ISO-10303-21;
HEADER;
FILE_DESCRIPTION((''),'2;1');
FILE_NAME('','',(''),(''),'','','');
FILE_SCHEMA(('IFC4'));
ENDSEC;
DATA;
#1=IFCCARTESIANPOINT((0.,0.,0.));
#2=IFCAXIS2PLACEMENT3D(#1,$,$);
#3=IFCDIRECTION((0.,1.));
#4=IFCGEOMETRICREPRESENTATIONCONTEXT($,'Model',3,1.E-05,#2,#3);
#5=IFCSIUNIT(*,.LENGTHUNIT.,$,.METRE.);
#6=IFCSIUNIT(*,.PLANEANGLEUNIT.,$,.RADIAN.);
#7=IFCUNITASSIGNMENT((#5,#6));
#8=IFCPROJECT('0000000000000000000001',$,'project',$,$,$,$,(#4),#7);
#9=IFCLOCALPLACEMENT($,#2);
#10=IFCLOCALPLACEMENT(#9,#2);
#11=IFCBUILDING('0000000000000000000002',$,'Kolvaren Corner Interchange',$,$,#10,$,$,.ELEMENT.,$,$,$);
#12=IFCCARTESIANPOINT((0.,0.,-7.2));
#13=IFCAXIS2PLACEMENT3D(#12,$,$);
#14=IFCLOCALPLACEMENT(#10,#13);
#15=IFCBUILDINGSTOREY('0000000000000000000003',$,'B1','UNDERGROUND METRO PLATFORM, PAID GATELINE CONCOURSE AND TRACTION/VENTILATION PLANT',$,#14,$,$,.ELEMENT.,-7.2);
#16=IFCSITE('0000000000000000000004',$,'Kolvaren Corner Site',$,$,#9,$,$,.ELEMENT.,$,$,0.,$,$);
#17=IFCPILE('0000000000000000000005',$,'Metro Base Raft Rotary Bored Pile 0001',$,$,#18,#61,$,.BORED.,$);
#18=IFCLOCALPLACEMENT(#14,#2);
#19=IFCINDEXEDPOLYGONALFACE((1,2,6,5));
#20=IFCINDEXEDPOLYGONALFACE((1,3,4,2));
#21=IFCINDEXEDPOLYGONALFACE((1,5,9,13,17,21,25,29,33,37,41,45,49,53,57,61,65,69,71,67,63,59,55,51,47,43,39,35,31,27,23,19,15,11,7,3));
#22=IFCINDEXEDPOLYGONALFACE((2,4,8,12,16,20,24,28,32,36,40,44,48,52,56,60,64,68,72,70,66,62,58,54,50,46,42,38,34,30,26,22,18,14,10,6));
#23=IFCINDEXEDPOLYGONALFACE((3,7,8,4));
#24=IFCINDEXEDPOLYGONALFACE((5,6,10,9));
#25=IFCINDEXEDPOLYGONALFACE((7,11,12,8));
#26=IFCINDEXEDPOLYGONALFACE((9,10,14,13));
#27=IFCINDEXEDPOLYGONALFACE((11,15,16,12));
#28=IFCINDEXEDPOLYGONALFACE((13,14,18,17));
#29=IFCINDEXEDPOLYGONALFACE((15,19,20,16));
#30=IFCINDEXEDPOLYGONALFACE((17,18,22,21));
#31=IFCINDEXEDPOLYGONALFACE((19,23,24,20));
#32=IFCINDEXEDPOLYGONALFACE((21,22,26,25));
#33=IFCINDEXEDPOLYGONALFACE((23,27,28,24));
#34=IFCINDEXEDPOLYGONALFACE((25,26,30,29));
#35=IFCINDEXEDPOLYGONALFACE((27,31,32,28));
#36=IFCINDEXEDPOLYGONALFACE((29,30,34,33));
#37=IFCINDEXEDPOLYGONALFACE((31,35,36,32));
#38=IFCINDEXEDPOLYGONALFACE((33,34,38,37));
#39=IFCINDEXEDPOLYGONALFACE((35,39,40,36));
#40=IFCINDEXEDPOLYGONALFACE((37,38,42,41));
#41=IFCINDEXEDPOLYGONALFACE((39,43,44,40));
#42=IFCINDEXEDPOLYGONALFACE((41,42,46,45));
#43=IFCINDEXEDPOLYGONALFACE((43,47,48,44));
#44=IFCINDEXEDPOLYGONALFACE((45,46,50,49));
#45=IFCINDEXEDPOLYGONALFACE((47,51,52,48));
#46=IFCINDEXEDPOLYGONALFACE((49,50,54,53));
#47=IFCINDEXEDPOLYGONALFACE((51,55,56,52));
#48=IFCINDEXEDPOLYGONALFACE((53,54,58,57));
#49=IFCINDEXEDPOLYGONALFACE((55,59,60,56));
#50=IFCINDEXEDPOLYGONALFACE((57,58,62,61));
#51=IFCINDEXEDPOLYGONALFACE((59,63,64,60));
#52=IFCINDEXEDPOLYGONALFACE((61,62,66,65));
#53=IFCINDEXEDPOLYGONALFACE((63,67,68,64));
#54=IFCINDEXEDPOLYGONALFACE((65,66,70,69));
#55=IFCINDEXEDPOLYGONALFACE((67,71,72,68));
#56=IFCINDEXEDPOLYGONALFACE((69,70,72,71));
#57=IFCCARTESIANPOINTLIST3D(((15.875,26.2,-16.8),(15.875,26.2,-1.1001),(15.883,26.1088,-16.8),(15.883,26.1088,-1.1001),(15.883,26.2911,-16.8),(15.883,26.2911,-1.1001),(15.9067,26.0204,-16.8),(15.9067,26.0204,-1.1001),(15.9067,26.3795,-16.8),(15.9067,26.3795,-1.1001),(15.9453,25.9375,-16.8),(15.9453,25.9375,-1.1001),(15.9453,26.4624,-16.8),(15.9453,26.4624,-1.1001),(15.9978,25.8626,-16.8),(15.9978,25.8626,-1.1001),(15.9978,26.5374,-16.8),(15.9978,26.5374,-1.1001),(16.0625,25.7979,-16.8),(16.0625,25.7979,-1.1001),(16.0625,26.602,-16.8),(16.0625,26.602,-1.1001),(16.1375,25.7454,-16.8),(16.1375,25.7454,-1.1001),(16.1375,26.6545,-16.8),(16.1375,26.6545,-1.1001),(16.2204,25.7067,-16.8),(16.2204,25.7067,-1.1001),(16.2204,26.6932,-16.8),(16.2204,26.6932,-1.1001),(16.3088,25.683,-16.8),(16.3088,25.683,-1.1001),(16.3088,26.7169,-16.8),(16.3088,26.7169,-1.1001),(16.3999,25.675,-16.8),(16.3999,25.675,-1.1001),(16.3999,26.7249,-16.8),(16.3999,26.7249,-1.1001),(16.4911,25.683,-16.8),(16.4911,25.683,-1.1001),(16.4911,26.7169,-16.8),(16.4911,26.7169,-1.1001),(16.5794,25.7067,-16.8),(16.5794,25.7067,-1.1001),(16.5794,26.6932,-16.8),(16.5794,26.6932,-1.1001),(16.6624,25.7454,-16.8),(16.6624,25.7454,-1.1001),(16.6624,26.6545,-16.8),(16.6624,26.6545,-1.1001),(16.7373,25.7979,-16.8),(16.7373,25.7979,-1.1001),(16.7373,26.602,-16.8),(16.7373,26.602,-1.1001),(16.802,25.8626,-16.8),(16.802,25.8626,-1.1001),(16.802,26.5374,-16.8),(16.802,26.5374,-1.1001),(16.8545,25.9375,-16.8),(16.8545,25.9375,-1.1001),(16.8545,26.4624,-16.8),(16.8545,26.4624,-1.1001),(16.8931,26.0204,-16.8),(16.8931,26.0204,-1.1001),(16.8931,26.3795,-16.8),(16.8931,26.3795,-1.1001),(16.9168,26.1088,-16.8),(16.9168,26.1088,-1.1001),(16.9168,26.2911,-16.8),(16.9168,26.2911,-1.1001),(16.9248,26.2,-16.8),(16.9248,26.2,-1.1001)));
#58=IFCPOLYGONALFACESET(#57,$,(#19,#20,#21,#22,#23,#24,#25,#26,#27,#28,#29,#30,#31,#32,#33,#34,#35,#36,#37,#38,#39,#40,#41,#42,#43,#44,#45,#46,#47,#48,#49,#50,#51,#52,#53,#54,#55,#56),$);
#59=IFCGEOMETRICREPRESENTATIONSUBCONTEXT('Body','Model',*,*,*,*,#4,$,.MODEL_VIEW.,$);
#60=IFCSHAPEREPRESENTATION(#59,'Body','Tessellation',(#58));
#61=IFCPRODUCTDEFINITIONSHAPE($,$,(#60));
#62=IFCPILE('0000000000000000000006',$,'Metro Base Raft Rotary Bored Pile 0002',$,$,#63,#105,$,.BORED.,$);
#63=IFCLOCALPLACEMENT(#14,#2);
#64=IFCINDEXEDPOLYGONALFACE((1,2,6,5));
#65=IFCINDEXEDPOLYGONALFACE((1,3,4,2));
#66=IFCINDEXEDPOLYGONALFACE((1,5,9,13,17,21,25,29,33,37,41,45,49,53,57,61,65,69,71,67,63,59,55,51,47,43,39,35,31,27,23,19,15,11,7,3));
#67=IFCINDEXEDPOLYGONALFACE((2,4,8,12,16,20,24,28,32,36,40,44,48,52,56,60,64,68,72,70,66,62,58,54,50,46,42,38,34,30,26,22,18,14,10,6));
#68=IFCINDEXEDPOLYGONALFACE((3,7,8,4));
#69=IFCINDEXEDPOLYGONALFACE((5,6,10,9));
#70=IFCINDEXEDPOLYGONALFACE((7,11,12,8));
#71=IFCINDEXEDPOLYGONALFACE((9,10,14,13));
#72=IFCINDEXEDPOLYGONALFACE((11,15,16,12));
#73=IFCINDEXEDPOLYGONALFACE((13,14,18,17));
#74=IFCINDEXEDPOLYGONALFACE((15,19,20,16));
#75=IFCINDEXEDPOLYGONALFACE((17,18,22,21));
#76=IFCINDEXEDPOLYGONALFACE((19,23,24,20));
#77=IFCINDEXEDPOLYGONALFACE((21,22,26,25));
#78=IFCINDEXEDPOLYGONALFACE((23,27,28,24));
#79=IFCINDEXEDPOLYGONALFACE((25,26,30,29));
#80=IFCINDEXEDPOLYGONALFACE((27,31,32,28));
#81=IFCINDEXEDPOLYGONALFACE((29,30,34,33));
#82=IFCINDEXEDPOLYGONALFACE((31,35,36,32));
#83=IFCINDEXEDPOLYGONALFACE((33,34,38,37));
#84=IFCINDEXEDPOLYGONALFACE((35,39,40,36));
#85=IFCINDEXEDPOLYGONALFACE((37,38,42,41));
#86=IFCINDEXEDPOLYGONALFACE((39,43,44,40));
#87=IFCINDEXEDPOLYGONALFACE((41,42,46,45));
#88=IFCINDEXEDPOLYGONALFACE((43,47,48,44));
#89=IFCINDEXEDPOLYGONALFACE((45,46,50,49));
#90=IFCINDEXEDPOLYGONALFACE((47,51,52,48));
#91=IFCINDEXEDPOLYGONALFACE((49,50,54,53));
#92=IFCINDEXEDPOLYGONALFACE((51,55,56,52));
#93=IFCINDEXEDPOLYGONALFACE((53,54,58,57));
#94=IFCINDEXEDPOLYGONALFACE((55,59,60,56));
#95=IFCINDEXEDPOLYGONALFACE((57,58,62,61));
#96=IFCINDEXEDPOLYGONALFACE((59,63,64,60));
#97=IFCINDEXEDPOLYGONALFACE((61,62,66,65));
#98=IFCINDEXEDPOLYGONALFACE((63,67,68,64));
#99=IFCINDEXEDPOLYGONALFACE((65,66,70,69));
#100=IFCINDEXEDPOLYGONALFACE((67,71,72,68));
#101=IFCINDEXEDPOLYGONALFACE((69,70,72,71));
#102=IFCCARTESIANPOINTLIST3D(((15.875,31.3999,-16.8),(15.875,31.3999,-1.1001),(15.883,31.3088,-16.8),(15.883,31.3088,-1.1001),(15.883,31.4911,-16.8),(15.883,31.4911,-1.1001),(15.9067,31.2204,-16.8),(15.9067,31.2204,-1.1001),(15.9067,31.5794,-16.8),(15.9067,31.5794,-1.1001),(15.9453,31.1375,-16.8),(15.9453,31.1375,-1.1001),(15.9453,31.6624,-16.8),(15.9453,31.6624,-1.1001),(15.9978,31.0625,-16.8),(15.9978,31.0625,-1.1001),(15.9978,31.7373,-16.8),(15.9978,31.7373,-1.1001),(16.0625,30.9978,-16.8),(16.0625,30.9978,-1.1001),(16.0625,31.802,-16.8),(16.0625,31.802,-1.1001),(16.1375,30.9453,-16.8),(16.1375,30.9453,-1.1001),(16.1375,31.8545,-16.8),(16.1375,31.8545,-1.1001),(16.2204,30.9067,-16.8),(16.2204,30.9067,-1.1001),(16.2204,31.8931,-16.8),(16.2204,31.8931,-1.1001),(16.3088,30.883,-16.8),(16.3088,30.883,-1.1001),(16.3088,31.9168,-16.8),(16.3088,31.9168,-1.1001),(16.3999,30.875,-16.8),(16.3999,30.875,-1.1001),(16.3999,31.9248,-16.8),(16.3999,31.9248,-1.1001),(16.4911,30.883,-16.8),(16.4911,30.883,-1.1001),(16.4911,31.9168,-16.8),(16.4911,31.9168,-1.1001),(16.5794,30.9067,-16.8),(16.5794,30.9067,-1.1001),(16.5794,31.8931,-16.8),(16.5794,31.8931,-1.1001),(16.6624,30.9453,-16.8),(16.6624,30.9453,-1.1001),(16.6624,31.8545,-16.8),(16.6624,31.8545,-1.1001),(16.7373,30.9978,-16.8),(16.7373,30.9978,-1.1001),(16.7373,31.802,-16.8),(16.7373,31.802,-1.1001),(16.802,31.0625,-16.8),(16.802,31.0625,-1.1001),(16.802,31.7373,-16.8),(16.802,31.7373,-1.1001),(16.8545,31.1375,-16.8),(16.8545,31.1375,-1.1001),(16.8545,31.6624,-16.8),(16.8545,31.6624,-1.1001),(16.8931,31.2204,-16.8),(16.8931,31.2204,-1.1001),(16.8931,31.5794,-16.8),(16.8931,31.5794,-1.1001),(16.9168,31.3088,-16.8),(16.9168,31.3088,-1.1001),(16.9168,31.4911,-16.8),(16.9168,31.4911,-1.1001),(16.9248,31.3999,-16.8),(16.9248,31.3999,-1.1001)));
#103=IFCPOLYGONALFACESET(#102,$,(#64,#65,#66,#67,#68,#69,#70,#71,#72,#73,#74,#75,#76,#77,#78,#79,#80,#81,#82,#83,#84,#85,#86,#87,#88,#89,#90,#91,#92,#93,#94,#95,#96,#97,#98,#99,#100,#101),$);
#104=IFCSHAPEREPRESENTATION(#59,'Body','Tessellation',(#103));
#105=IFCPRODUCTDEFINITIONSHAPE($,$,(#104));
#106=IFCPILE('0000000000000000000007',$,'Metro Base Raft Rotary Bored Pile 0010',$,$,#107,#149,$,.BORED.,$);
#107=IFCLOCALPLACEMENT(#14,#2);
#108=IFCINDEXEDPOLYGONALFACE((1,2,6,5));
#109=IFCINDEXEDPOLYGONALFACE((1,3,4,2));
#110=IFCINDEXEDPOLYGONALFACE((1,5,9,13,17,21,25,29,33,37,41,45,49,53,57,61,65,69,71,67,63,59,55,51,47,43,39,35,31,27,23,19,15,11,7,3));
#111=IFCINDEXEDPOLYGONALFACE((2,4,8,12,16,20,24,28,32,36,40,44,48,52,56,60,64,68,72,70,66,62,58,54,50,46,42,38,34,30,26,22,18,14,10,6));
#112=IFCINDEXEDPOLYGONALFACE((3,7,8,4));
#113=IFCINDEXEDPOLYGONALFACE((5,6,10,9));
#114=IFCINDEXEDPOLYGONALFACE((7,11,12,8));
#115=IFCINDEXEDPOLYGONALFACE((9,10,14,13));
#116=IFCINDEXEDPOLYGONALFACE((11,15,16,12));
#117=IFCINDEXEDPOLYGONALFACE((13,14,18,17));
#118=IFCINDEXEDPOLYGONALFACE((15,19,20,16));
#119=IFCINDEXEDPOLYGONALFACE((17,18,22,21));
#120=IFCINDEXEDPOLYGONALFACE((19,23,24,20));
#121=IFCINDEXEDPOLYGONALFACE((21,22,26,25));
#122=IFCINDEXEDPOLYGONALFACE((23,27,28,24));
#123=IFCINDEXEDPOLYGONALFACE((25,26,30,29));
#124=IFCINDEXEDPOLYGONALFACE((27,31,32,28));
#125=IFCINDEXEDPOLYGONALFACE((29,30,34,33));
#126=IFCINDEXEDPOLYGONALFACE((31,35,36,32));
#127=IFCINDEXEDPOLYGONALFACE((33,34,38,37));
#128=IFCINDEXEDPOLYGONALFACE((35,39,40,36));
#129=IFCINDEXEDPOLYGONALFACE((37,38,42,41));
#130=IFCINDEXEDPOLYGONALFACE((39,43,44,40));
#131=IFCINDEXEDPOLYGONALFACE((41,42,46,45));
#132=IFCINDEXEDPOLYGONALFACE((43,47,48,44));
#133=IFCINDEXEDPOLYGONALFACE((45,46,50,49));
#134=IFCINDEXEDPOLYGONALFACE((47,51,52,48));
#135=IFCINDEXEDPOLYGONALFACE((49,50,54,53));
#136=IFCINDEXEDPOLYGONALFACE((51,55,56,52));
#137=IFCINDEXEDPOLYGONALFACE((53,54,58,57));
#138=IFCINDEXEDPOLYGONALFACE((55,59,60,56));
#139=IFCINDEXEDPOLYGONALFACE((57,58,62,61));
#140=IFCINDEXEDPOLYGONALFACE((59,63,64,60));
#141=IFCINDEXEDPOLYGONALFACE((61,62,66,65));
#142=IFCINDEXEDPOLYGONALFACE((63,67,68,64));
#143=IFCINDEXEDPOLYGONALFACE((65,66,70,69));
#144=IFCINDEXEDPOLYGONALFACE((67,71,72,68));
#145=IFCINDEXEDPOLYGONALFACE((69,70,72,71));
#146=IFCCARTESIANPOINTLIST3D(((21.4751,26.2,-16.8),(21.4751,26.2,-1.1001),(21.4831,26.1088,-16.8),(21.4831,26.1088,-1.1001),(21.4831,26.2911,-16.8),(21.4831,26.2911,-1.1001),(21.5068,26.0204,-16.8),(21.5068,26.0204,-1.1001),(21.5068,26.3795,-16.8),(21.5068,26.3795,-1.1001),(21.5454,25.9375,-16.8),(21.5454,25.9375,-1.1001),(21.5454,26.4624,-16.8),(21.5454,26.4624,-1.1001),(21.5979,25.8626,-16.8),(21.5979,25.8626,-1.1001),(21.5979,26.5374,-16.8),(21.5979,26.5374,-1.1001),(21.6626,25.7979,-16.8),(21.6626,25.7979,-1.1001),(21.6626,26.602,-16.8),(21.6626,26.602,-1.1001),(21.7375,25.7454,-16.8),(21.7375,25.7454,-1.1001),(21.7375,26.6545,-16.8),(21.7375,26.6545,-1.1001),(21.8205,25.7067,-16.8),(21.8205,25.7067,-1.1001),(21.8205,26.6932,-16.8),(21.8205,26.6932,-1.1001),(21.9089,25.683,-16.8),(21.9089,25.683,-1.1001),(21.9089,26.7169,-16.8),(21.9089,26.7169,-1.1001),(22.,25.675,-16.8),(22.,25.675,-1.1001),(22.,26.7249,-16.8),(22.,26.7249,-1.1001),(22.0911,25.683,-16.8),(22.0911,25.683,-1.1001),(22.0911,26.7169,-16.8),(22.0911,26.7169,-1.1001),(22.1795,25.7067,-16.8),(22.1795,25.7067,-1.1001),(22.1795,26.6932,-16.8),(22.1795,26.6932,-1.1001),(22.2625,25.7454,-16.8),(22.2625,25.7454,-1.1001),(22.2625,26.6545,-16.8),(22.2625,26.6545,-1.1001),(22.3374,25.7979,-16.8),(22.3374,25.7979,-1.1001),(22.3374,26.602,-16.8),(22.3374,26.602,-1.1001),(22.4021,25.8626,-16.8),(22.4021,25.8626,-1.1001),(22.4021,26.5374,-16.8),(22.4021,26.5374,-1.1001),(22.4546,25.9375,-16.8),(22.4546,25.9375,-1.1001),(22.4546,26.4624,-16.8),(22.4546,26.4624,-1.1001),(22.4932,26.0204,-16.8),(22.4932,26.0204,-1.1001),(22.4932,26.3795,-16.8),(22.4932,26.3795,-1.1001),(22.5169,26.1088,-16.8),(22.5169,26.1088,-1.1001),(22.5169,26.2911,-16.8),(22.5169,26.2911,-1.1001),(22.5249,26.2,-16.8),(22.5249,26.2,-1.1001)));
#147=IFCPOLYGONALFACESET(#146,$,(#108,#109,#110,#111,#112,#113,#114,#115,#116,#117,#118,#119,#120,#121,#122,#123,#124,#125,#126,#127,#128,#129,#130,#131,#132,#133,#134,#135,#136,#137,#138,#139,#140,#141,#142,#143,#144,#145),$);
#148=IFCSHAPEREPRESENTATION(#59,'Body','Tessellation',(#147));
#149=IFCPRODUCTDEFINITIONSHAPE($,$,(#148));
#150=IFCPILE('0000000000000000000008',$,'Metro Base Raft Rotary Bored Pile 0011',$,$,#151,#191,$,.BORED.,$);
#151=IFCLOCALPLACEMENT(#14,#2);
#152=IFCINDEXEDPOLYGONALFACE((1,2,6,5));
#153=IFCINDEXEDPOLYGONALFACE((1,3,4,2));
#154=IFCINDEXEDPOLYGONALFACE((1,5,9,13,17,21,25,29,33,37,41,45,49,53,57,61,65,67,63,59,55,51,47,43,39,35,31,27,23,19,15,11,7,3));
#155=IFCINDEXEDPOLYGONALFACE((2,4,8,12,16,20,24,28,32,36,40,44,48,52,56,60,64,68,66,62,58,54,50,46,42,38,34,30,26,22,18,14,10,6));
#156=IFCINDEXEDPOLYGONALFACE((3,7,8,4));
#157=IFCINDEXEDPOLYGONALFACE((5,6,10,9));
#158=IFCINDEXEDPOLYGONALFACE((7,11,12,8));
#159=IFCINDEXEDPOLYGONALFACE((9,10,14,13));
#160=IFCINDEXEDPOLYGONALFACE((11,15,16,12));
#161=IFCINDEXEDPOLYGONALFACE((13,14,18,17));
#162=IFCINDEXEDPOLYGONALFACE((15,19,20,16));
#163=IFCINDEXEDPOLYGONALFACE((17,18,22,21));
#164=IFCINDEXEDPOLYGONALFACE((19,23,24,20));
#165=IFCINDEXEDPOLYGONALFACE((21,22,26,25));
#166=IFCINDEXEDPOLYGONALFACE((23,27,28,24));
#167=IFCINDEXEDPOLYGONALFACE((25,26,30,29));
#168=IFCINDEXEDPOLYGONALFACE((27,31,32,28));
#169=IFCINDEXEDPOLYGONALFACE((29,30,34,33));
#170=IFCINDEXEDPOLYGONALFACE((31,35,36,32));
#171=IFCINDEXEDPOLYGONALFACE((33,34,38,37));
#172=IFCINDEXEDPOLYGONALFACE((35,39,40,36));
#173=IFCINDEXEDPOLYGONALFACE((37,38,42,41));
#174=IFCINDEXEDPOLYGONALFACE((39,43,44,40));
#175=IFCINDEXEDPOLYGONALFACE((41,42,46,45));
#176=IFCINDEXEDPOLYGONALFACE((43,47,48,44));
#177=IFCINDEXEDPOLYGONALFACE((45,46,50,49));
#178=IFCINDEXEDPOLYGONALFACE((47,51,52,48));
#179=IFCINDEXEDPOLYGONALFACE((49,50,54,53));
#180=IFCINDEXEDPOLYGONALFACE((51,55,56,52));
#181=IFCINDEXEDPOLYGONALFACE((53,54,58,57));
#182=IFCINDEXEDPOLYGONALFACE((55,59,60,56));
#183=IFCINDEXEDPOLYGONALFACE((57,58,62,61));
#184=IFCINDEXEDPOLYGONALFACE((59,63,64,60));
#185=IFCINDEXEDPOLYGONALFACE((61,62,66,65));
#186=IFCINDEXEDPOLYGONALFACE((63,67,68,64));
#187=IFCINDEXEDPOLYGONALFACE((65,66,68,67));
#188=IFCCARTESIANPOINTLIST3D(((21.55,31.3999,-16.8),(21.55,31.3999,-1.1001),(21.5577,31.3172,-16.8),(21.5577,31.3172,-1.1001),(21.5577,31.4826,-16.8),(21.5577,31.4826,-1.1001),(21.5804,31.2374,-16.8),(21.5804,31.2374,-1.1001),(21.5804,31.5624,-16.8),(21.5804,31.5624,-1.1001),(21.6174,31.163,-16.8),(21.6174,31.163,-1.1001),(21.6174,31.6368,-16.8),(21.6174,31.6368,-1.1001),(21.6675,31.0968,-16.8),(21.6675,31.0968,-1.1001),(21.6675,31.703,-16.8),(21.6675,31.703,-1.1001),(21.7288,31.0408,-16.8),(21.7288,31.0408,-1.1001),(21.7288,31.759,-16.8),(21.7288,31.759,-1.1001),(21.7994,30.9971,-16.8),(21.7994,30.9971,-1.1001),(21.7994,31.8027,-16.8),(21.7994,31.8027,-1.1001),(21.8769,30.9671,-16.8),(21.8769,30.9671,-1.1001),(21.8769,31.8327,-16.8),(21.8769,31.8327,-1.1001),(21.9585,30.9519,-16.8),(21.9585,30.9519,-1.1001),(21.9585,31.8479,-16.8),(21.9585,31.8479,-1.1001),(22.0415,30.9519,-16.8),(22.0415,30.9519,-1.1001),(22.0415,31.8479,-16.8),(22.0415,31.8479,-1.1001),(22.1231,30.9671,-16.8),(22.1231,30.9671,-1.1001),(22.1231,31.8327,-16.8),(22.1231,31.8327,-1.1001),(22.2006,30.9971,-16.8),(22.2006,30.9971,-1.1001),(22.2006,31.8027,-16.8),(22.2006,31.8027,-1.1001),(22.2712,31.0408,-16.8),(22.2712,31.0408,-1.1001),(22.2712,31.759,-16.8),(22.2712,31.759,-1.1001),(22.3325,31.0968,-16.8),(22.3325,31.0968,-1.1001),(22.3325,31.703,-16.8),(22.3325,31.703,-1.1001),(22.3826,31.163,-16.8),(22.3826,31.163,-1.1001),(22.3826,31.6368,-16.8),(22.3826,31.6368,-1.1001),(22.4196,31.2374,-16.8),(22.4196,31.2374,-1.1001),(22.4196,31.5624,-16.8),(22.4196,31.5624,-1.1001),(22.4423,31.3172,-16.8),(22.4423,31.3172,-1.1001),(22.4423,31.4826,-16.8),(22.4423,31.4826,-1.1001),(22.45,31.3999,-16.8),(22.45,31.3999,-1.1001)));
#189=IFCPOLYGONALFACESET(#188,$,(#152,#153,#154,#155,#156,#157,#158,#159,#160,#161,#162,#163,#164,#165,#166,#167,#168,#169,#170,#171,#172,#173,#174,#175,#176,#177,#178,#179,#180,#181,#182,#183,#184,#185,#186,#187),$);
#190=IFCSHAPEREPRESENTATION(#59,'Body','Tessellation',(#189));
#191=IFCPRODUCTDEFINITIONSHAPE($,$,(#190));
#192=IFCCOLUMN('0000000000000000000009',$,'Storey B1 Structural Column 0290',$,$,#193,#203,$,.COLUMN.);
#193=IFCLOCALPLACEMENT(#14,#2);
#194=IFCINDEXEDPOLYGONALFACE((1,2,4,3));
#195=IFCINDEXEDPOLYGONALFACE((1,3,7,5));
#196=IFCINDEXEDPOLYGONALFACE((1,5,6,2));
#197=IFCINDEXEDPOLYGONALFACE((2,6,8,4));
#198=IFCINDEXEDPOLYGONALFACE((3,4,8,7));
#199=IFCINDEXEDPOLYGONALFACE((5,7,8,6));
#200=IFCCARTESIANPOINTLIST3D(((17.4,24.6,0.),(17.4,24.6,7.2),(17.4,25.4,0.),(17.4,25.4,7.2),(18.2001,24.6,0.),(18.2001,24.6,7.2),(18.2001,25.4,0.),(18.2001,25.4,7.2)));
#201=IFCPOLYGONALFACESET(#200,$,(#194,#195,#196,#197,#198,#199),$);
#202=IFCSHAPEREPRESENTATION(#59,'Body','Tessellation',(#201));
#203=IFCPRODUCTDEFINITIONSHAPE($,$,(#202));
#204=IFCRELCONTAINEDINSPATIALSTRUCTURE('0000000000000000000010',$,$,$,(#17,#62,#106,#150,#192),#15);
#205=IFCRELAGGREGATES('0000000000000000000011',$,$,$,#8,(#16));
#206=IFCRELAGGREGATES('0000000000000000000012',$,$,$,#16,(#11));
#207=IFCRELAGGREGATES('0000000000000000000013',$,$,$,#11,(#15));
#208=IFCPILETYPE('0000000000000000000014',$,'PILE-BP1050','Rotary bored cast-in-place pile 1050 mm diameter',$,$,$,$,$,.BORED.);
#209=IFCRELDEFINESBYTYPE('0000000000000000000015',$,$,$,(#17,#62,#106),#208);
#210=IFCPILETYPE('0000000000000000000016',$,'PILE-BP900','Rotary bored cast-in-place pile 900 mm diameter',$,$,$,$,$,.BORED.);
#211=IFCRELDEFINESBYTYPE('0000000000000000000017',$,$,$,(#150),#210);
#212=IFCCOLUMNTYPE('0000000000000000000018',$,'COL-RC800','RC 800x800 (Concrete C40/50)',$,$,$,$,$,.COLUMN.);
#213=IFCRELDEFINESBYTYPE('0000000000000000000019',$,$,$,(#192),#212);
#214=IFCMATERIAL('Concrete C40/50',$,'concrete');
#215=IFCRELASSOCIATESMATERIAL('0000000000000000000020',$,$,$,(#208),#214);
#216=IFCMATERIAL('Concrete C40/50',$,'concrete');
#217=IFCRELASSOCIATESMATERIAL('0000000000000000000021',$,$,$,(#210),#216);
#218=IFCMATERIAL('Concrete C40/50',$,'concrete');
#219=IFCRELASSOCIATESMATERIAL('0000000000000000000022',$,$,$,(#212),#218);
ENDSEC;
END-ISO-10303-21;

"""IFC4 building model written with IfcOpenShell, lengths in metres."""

from ifc_helpers import new_model, si_unit, direction, frame, origin, origin_2d, place, context, subcontext, project, spatial, rectangle, circle, extrude, material, material_profile, profile_set, type_object, element, save


model = new_model("IFC4")

# Units and contexts
model_context = context("Model", 3, precision=1e-05, world=origin(), true_north=direction((0.0, 1.0)))
body_context = subcontext(model_context, "Body", "Model", "MODEL_VIEW")
ifc_project = project(units=[si_unit("LENGTHUNIT", "METRE"), si_unit("PLANEANGLEUNIT", "RADIAN")], contexts=[model_context])

# Site, building, storey
site_placement = place(None, origin())
site = spatial("IfcSite", under=ifc_project, at=site_placement, Name="Kolvaren Corner Site", CompositionType="ELEMENT", RefElevation=0.0)
building_placement = place(site_placement, origin())
building = spatial("IfcBuilding", under=site, at=building_placement, Name="Kolvaren Corner Interchange", CompositionType="ELEMENT")
storey_placement = place(building_placement, frame((0.0, 0.0, -7.2)))
storey = spatial("IfcBuildingStorey", under=building, at=storey_placement, Name="B1", Description="UNDERGROUND METRO PLATFORM, PAID GATELINE CONCOURSE AND TRACTION/VENTILATION PLANT", CompositionType="ELEMENT", Elevation=-7.2)

# Piles
ifc_material_1 = material(Name="Concrete C40/50", Category="concrete")
ifc_material_profile_1 = material_profile(ifc_material_1, circle(Radius=0.5249, at=origin_2d()), Name="BORED PILE 1050")
ifc_profile_set_1 = profile_set([ifc_material_profile_1], Name="Concrete C40/50")
pile_type_1 = type_object("IfcPileType", Name="PILE-BP1050", Description="Rotary bored cast-in-place pile 1050 mm diameter", PredefinedType="BORED", material=ifc_profile_set_1)
for number, where, z_axis, x_axis, name in (
    (1, (16.3999, 26.2, -1.1001), (0.0, 0.0, -1.0), (1.0, 0.0, 0.0), "Metro Base Raft Rotary Bored Pile 0001"),
    (2, (16.3999, 31.3999, -1.1001), (0.0, 0.0, -1.0), (1.0, 0.0, 0.0), "Metro Base Raft Rotary Bored Pile 0002"),
    (3, (22.0, 26.2, -1.1001), (0.0, 0.0, -1.0), (1.0, 0.0, 0.0), "Metro Base Raft Rotary Bored Pile 0010"),
):
    element("IfcPile", number, at=place(storey_placement, frame(where, z_axis=z_axis, x_axis=x_axis)), inside=storey, type_object=pile_type_1, Name=name, PredefinedType="BORED", context=body_context, shape_type="SweptSolid", body=[
        extrude(circle(Radius=0.5249, at=origin_2d()), origin(), (0.0, 0.0, 1.0), 15.7),
    ])
ifc_material_2 = material(Name="Concrete C40/50", Category="concrete")
ifc_material_profile_2 = material_profile(ifc_material_2, circle(Radius=0.45, at=origin_2d()), Name="BORED PILE 900")
ifc_profile_set_2 = profile_set([ifc_material_profile_2], Name="Concrete C40/50")
pile_type_2 = type_object("IfcPileType", Name="PILE-BP900", Description="Rotary bored cast-in-place pile 900 mm diameter", PredefinedType="BORED", material=ifc_profile_set_2)
pile_placement = place(storey_placement, frame((22.0, 31.3999, -1.1001), z_axis=(0.0, 0.0, -1.0), x_axis=(1.0, 0.0, 0.0)))
element("IfcPile", 4, at=pile_placement, inside=storey, type_object=pile_type_2, Name="Metro Base Raft Rotary Bored Pile 0011", PredefinedType="BORED", context=body_context, shape_type="SweptSolid", body=[
    extrude(circle(Radius=0.45, at=origin_2d()), origin(), (0.0, 0.0, 1.0), 15.7),
])

# Column
ifc_material_3 = material(Name="Concrete C40/50", Category="concrete")
ifc_material_profile_3 = material_profile(ifc_material_3, rectangle(XDim=0.8, YDim=0.8, at=origin_2d()), Name="RC 800x800")
ifc_profile_set_3 = profile_set([ifc_material_profile_3], Name="Concrete C40/50")
column_type_1 = type_object("IfcColumnType", Name="COL-RC800", Description="RC 800x800 (Concrete C40/50)", PredefinedType="COLUMN", material=ifc_profile_set_3)
for number, where, z_axis, x_axis, name in (
    (5, (17.8, 25.0, 0.0), (0.0, 0.0, 1.0), (1.0, 0.0, 0.0), "Storey B1 Structural Column 0290"),
):
    element("IfcColumn", number, at=place(storey_placement, frame(where, z_axis=z_axis, x_axis=x_axis)), inside=storey, type_object=column_type_1, Name=name, PredefinedType="COLUMN", context=body_context, shape_type="SweptSolid", body=[
        extrude(rectangle(XDim=0.8, YDim=0.8, at=origin_2d()), origin(), (0.0, 0.0, 1.0), 7.2),
    ])

save(model, "model.ifc")
